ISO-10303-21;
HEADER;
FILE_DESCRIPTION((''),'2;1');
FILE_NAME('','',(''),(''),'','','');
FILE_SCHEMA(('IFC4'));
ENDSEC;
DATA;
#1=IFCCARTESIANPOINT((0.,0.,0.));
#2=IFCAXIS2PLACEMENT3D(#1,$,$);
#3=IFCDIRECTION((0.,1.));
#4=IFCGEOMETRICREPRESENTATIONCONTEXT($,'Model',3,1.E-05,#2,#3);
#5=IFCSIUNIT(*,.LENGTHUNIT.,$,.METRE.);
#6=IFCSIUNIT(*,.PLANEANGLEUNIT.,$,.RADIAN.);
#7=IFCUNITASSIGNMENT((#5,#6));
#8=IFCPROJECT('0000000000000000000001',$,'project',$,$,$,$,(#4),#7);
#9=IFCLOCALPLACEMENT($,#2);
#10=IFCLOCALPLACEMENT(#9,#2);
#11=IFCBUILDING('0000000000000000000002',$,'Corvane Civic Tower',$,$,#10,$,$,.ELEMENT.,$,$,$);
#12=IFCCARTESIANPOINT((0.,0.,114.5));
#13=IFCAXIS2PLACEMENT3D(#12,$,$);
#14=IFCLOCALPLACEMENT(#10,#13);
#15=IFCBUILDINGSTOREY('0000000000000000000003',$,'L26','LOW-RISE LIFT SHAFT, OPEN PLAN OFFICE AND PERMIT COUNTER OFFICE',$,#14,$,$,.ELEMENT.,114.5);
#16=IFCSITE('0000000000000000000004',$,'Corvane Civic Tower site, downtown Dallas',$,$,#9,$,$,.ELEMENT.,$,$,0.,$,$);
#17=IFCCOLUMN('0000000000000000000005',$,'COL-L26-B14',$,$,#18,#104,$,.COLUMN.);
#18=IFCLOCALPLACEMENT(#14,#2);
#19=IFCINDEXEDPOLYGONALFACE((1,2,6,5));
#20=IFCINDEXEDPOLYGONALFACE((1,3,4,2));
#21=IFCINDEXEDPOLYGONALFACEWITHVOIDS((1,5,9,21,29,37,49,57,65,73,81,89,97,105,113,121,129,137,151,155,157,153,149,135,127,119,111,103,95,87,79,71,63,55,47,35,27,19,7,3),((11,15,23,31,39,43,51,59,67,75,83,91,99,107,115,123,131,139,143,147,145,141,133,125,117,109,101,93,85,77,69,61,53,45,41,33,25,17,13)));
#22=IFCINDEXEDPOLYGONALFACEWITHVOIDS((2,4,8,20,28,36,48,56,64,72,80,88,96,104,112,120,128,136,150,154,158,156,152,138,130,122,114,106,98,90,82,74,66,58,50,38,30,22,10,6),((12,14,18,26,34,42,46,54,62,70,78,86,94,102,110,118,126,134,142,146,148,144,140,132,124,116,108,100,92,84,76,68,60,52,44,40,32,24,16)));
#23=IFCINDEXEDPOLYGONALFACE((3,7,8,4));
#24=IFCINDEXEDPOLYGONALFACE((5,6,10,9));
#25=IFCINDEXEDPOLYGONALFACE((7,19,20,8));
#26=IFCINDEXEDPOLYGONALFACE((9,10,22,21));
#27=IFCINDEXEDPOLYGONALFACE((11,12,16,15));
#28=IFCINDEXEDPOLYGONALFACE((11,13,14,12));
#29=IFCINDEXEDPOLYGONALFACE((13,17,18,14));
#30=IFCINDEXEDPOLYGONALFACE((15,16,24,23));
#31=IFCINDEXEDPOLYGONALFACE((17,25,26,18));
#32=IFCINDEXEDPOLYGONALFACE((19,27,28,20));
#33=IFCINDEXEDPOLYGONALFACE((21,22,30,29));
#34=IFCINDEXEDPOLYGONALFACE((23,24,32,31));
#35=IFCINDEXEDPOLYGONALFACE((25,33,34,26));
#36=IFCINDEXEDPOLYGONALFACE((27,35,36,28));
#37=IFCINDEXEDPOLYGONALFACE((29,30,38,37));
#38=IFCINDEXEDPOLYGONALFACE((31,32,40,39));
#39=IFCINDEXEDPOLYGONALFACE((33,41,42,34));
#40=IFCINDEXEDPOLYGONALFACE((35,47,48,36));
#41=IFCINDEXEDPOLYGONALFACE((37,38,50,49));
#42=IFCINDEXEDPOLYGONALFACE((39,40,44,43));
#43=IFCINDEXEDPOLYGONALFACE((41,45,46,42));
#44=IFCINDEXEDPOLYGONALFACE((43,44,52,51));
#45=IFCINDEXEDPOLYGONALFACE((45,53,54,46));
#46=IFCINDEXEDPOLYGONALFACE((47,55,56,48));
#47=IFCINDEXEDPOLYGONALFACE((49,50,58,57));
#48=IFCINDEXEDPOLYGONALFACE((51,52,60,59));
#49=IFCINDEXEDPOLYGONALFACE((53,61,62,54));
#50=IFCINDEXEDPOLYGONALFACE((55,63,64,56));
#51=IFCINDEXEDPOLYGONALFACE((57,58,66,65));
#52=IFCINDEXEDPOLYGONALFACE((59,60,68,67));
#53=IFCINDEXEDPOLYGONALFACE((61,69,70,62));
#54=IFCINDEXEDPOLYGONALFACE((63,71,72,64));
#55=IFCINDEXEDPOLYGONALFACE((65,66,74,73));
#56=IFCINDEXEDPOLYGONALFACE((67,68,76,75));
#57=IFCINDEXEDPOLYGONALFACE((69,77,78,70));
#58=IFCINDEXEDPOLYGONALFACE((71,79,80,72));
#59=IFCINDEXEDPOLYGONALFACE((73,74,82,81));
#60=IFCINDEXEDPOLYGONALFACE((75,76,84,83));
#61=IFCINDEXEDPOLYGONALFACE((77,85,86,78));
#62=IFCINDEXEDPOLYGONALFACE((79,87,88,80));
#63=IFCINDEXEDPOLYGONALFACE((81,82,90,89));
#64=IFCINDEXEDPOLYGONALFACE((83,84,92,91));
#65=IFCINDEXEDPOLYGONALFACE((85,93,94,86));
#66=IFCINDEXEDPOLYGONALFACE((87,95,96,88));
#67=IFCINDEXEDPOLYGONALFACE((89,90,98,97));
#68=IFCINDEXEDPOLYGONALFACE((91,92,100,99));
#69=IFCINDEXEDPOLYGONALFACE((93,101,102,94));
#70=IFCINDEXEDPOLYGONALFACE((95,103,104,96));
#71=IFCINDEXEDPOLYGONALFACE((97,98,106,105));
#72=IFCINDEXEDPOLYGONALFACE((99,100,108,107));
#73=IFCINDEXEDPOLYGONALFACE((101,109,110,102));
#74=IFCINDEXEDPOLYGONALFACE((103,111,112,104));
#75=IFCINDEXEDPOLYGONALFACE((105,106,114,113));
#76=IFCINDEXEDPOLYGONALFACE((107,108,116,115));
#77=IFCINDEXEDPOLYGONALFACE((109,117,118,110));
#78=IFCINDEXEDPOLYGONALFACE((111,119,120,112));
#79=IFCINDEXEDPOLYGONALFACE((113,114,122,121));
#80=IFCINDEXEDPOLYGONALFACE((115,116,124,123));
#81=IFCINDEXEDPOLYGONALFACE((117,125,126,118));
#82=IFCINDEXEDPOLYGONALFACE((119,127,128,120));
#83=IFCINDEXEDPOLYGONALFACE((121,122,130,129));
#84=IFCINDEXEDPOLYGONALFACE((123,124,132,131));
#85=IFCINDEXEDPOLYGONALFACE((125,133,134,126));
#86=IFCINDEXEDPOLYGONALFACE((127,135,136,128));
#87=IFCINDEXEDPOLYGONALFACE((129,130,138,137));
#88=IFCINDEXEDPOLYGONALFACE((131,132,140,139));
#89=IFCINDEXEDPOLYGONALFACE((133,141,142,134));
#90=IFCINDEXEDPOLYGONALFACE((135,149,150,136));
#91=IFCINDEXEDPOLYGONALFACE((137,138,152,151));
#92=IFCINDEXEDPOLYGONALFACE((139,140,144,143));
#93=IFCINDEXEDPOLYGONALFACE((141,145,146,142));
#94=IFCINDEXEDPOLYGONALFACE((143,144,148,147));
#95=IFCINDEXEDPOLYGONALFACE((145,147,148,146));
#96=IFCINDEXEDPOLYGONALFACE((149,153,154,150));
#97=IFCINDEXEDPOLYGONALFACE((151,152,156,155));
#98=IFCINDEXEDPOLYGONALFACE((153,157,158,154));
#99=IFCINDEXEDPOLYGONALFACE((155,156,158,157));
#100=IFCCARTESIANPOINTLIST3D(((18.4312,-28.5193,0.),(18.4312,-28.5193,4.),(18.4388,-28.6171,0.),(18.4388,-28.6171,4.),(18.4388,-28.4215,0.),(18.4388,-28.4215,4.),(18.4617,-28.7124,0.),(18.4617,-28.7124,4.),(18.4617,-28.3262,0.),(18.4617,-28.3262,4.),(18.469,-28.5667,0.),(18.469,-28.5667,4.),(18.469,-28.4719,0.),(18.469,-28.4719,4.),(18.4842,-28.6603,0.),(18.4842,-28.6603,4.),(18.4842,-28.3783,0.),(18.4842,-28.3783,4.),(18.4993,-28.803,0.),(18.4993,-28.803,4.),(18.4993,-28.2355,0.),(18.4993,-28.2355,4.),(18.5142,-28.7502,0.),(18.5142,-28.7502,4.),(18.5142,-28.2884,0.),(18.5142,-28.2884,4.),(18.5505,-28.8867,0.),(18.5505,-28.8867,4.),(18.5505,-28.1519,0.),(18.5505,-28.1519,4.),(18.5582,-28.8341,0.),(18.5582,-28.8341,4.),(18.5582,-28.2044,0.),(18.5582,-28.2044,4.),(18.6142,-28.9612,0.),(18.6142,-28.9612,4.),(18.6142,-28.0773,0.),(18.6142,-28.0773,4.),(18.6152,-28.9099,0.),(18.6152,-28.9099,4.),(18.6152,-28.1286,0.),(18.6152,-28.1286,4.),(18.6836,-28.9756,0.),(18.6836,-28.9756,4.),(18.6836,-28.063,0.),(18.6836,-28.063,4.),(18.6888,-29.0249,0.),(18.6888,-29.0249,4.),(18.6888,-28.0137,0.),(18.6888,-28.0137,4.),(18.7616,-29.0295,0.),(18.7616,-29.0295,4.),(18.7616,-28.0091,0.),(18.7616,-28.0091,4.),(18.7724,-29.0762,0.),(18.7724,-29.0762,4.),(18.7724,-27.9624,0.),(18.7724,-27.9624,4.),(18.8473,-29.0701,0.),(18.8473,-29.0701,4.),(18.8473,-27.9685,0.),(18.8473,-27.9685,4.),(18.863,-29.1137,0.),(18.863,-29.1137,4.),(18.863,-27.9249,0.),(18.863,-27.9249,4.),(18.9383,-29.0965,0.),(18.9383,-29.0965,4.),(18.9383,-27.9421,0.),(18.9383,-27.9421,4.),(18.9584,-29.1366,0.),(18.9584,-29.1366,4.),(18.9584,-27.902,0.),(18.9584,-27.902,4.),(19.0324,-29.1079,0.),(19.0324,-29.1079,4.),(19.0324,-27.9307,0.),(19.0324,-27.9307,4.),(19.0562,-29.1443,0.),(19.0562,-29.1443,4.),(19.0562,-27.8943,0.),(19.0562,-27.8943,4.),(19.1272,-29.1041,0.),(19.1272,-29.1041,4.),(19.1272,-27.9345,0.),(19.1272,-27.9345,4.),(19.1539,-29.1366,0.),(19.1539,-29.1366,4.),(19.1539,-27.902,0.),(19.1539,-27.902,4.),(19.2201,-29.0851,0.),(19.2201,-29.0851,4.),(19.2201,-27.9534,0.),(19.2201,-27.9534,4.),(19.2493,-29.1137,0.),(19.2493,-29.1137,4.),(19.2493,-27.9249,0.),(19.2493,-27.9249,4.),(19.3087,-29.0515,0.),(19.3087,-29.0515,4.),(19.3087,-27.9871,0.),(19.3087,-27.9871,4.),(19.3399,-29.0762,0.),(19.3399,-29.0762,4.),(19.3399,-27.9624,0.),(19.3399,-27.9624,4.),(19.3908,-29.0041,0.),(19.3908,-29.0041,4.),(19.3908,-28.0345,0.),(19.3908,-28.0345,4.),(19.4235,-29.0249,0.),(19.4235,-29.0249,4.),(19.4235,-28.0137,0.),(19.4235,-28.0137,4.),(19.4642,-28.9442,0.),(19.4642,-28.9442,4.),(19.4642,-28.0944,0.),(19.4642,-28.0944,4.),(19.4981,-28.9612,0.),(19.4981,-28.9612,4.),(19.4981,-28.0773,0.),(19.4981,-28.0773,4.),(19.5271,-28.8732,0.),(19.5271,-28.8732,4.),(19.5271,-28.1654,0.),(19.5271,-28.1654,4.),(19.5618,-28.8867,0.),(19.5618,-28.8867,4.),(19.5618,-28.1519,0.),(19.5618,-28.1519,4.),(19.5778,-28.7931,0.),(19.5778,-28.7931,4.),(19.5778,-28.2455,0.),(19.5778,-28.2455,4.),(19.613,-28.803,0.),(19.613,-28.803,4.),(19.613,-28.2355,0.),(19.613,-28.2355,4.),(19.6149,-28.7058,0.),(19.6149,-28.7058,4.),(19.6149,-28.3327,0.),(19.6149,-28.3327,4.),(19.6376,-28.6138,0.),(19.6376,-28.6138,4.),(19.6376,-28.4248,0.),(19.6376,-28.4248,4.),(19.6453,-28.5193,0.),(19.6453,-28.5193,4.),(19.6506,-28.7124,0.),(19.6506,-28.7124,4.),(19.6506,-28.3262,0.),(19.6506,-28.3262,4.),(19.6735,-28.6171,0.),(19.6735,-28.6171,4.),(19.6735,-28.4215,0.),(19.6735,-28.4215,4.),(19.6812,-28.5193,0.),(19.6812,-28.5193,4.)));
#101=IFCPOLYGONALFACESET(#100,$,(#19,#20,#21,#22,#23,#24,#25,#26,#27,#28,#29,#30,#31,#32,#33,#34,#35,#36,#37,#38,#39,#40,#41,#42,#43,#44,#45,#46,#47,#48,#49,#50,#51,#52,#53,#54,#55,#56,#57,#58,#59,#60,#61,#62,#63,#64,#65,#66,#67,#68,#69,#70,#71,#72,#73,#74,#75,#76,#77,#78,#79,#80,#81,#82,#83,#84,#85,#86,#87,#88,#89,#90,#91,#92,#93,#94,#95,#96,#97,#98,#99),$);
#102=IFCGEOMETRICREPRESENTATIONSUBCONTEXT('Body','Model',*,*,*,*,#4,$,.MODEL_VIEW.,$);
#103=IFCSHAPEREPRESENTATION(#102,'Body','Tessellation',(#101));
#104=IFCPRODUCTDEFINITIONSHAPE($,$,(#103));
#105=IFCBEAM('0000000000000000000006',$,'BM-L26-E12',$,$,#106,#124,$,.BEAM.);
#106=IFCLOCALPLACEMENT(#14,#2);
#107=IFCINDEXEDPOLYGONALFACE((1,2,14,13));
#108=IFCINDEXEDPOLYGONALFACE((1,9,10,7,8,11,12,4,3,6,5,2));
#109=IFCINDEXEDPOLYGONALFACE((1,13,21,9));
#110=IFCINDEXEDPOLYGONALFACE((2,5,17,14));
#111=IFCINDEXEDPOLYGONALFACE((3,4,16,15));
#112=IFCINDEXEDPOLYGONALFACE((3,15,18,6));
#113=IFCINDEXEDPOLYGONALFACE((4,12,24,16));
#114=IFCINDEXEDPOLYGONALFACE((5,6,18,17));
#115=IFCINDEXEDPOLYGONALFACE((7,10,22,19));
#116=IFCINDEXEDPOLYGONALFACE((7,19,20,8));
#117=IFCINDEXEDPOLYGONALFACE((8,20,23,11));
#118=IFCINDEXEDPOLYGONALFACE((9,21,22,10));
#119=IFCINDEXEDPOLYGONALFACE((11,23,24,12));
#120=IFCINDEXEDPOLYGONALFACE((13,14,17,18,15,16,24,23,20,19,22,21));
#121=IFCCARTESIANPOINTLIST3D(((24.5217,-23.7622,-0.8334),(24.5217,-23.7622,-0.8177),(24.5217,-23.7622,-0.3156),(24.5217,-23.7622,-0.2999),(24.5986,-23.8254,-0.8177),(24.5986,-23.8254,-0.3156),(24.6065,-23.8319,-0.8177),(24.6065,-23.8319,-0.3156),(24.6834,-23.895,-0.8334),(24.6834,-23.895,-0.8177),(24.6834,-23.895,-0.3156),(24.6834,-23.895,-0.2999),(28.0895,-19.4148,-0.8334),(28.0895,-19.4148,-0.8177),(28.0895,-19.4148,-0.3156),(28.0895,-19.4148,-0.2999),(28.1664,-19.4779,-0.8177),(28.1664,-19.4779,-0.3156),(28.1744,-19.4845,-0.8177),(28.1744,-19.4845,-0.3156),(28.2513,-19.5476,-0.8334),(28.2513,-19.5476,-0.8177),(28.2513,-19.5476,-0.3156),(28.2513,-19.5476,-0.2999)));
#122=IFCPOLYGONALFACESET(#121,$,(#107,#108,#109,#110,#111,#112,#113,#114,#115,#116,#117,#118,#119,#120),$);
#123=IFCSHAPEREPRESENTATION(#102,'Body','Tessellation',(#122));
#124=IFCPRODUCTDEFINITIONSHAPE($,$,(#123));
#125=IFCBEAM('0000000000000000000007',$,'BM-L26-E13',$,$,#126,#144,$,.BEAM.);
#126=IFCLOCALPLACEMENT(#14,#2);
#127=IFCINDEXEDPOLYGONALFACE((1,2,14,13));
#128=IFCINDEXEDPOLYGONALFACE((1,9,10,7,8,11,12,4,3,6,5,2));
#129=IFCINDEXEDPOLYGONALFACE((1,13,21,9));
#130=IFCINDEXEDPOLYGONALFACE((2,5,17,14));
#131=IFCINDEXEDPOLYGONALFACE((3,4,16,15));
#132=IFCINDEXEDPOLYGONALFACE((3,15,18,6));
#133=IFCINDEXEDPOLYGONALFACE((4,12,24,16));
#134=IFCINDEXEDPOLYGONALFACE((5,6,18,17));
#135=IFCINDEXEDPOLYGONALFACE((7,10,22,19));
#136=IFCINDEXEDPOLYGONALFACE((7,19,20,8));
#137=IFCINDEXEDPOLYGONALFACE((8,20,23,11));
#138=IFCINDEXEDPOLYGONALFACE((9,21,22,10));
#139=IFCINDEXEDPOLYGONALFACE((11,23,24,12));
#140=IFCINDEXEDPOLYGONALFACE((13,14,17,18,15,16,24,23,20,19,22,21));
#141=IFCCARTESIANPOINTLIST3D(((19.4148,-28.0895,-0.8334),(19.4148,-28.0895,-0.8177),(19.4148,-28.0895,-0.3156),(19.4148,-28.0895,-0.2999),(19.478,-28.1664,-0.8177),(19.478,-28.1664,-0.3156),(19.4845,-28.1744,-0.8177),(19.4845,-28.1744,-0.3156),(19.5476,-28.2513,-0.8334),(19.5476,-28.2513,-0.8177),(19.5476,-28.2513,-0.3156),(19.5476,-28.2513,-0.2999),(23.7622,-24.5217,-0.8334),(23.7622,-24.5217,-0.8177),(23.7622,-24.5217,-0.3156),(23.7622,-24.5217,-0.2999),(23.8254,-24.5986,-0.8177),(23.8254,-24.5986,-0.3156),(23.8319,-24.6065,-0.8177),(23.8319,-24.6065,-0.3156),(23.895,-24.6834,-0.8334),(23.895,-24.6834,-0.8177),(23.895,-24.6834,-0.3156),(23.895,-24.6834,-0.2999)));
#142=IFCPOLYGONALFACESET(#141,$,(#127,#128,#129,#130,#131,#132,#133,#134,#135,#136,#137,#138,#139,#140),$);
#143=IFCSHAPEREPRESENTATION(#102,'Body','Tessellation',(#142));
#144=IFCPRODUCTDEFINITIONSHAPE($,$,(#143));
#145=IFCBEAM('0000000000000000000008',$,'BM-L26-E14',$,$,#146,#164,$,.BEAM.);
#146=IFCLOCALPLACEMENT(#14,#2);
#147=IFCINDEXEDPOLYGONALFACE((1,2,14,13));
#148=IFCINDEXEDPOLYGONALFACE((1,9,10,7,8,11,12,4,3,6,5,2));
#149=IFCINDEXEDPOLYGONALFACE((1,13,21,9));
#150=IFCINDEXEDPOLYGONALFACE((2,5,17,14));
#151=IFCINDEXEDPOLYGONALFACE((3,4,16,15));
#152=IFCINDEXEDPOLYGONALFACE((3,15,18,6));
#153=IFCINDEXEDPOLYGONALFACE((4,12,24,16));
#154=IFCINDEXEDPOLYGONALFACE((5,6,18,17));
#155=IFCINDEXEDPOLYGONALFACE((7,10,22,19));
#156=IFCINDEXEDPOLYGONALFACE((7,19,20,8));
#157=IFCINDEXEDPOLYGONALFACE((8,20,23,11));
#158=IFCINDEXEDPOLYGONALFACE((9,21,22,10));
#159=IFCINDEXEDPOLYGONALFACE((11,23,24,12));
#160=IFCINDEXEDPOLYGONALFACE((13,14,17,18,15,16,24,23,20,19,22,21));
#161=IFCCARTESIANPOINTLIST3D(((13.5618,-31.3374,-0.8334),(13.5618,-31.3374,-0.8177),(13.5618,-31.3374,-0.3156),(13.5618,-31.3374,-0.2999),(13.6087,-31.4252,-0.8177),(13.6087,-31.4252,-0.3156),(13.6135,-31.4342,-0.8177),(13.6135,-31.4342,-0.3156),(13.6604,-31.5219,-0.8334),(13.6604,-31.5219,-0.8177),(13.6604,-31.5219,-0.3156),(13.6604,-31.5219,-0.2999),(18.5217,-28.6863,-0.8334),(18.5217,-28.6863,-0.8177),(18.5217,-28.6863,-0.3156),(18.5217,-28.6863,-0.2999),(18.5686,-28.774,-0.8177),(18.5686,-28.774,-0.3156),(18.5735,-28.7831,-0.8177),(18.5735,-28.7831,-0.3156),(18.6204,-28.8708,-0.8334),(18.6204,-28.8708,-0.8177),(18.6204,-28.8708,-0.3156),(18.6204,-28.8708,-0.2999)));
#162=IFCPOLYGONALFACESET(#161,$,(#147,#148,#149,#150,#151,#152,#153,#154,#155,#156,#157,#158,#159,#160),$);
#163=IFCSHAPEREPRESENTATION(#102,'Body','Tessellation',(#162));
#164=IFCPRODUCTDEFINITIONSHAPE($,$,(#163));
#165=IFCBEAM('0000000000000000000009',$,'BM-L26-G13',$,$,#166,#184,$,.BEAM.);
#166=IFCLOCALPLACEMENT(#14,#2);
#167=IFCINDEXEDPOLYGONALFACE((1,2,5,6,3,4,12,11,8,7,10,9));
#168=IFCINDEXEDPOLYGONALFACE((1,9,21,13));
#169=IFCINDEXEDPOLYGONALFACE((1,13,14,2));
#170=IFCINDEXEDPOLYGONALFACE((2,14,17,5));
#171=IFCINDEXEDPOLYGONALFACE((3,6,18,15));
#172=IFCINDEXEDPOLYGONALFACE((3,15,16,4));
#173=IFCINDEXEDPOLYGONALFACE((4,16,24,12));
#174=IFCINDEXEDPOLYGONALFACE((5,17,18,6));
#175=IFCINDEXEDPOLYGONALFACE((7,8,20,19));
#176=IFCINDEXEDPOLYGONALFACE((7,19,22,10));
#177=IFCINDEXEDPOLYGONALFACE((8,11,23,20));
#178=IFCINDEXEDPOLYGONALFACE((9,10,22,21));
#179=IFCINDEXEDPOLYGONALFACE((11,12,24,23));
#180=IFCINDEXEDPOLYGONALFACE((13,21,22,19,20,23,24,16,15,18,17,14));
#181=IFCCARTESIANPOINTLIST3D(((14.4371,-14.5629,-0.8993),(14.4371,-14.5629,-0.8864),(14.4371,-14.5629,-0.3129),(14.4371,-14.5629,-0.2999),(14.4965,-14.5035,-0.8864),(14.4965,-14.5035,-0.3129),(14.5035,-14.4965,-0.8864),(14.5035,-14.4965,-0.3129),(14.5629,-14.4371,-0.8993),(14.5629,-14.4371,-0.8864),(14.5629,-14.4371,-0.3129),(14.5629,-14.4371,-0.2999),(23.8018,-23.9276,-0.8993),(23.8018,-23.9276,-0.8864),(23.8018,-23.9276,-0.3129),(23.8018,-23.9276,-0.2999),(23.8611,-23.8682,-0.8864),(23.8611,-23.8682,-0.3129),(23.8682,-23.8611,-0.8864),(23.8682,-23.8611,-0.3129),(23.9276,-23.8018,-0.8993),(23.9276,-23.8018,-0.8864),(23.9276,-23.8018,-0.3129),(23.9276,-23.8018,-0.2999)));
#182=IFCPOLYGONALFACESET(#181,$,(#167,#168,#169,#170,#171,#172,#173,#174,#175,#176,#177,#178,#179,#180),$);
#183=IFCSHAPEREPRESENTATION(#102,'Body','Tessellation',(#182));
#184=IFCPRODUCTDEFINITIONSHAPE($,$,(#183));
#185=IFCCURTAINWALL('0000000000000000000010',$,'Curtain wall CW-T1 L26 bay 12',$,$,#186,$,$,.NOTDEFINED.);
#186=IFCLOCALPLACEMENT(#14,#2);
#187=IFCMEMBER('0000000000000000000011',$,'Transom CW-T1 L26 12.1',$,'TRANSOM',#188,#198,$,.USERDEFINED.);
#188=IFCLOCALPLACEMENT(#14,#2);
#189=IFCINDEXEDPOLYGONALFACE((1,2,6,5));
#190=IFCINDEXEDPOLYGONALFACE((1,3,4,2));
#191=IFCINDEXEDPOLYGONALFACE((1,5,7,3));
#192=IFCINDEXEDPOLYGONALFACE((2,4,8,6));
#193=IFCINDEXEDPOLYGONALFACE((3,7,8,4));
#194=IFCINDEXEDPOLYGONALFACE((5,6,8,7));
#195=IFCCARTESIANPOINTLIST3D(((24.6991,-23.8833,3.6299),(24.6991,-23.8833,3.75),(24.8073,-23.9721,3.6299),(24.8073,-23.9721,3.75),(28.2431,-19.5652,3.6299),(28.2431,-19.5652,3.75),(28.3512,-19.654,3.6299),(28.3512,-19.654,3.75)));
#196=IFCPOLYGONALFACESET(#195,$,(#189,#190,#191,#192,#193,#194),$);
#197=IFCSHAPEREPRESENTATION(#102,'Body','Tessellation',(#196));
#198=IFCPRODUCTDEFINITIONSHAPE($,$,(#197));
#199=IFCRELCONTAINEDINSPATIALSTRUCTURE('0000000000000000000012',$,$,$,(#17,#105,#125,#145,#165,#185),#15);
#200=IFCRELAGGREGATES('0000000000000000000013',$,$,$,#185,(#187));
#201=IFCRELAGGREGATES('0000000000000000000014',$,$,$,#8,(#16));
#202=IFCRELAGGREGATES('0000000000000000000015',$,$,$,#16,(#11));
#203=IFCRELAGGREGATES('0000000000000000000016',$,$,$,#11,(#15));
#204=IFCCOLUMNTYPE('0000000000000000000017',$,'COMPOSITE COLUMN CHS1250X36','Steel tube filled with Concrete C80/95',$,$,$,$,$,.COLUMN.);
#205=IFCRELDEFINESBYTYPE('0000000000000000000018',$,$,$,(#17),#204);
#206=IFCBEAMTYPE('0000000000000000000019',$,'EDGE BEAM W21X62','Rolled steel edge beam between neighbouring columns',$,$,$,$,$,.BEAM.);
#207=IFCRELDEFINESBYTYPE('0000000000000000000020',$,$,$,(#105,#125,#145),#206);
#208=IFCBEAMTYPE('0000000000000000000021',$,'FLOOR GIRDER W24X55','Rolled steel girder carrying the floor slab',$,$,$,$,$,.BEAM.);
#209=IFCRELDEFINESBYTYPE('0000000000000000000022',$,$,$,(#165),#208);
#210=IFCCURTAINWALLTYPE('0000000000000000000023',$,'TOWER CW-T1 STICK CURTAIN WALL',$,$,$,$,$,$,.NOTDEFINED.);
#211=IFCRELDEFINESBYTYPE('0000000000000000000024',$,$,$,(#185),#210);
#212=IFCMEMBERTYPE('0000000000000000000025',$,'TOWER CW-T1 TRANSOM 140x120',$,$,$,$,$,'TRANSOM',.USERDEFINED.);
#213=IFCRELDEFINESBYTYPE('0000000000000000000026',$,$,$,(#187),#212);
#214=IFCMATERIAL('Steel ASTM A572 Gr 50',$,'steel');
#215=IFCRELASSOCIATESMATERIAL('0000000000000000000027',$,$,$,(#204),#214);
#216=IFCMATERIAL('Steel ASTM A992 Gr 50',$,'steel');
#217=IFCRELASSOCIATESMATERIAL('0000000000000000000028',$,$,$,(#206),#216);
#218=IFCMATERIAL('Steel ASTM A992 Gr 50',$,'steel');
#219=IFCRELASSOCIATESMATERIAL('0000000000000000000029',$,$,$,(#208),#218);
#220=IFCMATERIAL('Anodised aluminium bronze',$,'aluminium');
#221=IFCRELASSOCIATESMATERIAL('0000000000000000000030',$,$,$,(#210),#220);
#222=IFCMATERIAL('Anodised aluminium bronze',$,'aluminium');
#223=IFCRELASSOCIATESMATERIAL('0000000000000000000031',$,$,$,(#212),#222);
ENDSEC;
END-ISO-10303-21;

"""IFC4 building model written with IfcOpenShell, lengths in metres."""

from ifc_helpers import new_model, si_unit, direction, frame, origin, origin_2d, place, context, subcontext, project, spatial, rectangle, hollow_circle, i_section, extrude, material, material_profile, profile_set, type_object, element, aggregate, save


model = new_model("IFC4")

# Units and contexts
model_context = context("Model", 3, precision=1e-05, world=origin(), true_north=direction((0.0, 1.0)))
body_context = subcontext(model_context, "Body", "Model", "MODEL_VIEW")
ifc_project = project(units=[si_unit("LENGTHUNIT", "METRE"), si_unit("PLANEANGLEUNIT", "RADIAN")], contexts=[model_context])

# Site, building, storey
site_placement = place(None, origin())
site = spatial("IfcSite", under=ifc_project, at=site_placement, Name="Corvane Civic Tower site, downtown Dallas", CompositionType="ELEMENT", RefElevation=0.0)
building_placement = place(site_placement, origin())
building = spatial("IfcBuilding", under=site, at=building_placement, Name="Corvane Civic Tower", CompositionType="ELEMENT")
storey_placement = place(building_placement, frame((0.0, 0.0, 114.5)))
storey = spatial("IfcBuildingStorey", under=building, at=storey_placement, Name="L26", Description="LOW-RISE LIFT SHAFT, OPEN PLAN OFFICE AND PERMIT COUNTER OFFICE", CompositionType="ELEMENT", Elevation=114.5)

# Column
ifc_material_1 = material(Name="Steel ASTM A572 Gr 50", Category="steel")
ifc_material_profile_1 = material_profile(ifc_material_1, hollow_circle(Radius=0.625, WallThickness=0.0359, at=origin_2d()), Name="CHS1250X36")
ifc_profile_set_1 = profile_set([ifc_material_profile_1], Name="Steel ASTM A572 Gr 50")
column_type = type_object("IfcColumnType", Name="COMPOSITE COLUMN CHS1250X36", Description="Steel tube filled with Concrete C80/95", PredefinedType="COLUMN", material=ifc_profile_set_1)
for number, where, z_axis, x_axis, name in (
    (1, (19.0562, -28.5193, 0.0), (0.0, 0.0, 1.0), (1.0, 0.0, 0.0), "COL-L26-B14"),
):
    element("IfcColumn", number, at=place(storey_placement, frame(where, z_axis=z_axis, x_axis=x_axis)), inside=storey, type_object=column_type, Name=name, PredefinedType="COLUMN", context=body_context, shape_type="SweptSolid", body=[
        extrude(hollow_circle(Radius=0.625, WallThickness=0.0359, at=origin_2d()), origin(), (0.0, 0.0, 1.0), 4.0),
    ])

# Beams
ifc_material_2 = material(Name="Steel ASTM A992 Gr 50", Category="steel")
ifc_material_profile_2 = material_profile(ifc_material_2, i_section(OverallWidth=0.2092, OverallDepth=0.5334, WebThickness=0.0103, FlangeThickness=0.0156, at=origin_2d()), Name="W21X62")
ifc_profile_set_2 = profile_set([ifc_material_profile_2], Name="Steel ASTM A992 Gr 50")
beam_type_1 = type_object("IfcBeamType", Name="EDGE BEAM W21X62", Description="Rolled steel edge beam between neighbouring columns", PredefinedType="BEAM", material=ifc_profile_set_2)
for number, where, z_axis, x_axis, name in (
    (2, (28.1704, -19.4812, -0.5667), (-0.634398, -0.773007, 0.0), (0.773007, -0.634398, 0.0), "BM-L26-E12"),
    (3, (23.8286, -24.6025, -0.5667), (-0.773007, -0.634398, 0.0), (0.634398, -0.773007, 0.0), "BM-L26-E13"),
    (4, (18.571, -28.7786, -0.5667), (-0.881924, -0.471392, 0.0), (0.471392, -0.881924, 0.0), "BM-L26-E14"),
):
    element("IfcBeam", number, at=place(storey_placement, frame(where, z_axis=z_axis, x_axis=x_axis)), inside=storey, type_object=beam_type_1, Name=name, PredefinedType="BEAM", context=body_context, shape_type="SweptSolid", body=[
        extrude(i_section(OverallWidth=0.2092, OverallDepth=0.5334, WebThickness=0.0103, FlangeThickness=0.0156, at=origin_2d()), origin(), (0.0, 0.0, 1.0), 5.624),
    ])
ifc_material_3 = material(Name="Steel ASTM A992 Gr 50", Category="steel")
ifc_material_profile_3 = material_profile(ifc_material_3, i_section(OverallWidth=0.178, OverallDepth=0.5994, WebThickness=0.01, FlangeThickness=0.0129, at=origin_2d()), Name="W24X55")
ifc_profile_set_3 = profile_set([ifc_material_profile_3], Name="Steel ASTM A992 Gr 50")
beam_type_2 = type_object("IfcBeamType", Name="FLOOR GIRDER W24X55", Description="Rolled steel girder carrying the floor slab", PredefinedType="BEAM", material=ifc_profile_set_3)
beam_placement = place(storey_placement, frame((14.5, -14.5, -0.5996), z_axis=(0.707107, -0.707107, 0.0), x_axis=(0.707107, 0.707107, 0.0)))
element("IfcBeam", 5, at=beam_placement, inside=storey, type_object=beam_type_2, Name="BM-L26-G13", PredefinedType="BEAM", context=body_context, shape_type="SweptSolid", body=[
    extrude(i_section(OverallWidth=0.178, OverallDepth=0.5994, WebThickness=0.01, FlangeThickness=0.0129, at=origin_2d()), origin(), (0.0, 0.0, 1.0), 13.2437),
])

# Curtain wall, member
ifc_material_4 = material(Name="Anodised aluminium bronze", Category="aluminium")
curtain_wall_type = type_object("IfcCurtainWallType", Name="TOWER CW-T1 STICK CURTAIN WALL", PredefinedType="NOTDEFINED", material=ifc_material_4)
curtain_wall_1_placement = place(storey_placement, origin())
curtain_wall_1 = element("IfcCurtainWall", 6, at=curtain_wall_1_placement, inside=storey, type_object=curtain_wall_type, Name="Curtain wall CW-T1 L26 bay 12", PredefinedType="NOTDEFINED")
ifc_material_5 = material(Name="Anodised aluminium bronze", Category="aluminium")
ifc_material_profile_4 = material_profile(ifc_material_5, rectangle(XDim=0.1399, YDim=0.1201, at=origin_2d()), Name="TOWER CW-T1 TRANSOM 140x120")
ifc_profile_set_4 = profile_set([ifc_material_profile_4], Name="Anodised aluminium bronze")
member_type = type_object("IfcMemberType", Name="TOWER CW-T1 TRANSOM 140x120", ElementType="TRANSOM", PredefinedType="USERDEFINED", material=ifc_profile_set_4)
member_1_placement = place(storey_placement, frame((28.2971, -19.6096, 3.6899), z_axis=(-0.63441, -0.772996, 0.0), x_axis=(0.772996, -0.63441, 0.0)))
member_1 = element("IfcMember", 7, at=member_1_placement, type_object=member_type, Name="Transom CW-T1 L26 12.1", ObjectType="TRANSOM", PredefinedType="USERDEFINED", context=body_context, shape_type="SweptSolid", body=[
    extrude(rectangle(XDim=0.1399, YDim=0.1201, at=origin_2d()), origin(), (0.0, 0.0, 1.0), 5.5862),
])

aggregate(curtain_wall_1, [member_1])

save(model, "model.ifc")
